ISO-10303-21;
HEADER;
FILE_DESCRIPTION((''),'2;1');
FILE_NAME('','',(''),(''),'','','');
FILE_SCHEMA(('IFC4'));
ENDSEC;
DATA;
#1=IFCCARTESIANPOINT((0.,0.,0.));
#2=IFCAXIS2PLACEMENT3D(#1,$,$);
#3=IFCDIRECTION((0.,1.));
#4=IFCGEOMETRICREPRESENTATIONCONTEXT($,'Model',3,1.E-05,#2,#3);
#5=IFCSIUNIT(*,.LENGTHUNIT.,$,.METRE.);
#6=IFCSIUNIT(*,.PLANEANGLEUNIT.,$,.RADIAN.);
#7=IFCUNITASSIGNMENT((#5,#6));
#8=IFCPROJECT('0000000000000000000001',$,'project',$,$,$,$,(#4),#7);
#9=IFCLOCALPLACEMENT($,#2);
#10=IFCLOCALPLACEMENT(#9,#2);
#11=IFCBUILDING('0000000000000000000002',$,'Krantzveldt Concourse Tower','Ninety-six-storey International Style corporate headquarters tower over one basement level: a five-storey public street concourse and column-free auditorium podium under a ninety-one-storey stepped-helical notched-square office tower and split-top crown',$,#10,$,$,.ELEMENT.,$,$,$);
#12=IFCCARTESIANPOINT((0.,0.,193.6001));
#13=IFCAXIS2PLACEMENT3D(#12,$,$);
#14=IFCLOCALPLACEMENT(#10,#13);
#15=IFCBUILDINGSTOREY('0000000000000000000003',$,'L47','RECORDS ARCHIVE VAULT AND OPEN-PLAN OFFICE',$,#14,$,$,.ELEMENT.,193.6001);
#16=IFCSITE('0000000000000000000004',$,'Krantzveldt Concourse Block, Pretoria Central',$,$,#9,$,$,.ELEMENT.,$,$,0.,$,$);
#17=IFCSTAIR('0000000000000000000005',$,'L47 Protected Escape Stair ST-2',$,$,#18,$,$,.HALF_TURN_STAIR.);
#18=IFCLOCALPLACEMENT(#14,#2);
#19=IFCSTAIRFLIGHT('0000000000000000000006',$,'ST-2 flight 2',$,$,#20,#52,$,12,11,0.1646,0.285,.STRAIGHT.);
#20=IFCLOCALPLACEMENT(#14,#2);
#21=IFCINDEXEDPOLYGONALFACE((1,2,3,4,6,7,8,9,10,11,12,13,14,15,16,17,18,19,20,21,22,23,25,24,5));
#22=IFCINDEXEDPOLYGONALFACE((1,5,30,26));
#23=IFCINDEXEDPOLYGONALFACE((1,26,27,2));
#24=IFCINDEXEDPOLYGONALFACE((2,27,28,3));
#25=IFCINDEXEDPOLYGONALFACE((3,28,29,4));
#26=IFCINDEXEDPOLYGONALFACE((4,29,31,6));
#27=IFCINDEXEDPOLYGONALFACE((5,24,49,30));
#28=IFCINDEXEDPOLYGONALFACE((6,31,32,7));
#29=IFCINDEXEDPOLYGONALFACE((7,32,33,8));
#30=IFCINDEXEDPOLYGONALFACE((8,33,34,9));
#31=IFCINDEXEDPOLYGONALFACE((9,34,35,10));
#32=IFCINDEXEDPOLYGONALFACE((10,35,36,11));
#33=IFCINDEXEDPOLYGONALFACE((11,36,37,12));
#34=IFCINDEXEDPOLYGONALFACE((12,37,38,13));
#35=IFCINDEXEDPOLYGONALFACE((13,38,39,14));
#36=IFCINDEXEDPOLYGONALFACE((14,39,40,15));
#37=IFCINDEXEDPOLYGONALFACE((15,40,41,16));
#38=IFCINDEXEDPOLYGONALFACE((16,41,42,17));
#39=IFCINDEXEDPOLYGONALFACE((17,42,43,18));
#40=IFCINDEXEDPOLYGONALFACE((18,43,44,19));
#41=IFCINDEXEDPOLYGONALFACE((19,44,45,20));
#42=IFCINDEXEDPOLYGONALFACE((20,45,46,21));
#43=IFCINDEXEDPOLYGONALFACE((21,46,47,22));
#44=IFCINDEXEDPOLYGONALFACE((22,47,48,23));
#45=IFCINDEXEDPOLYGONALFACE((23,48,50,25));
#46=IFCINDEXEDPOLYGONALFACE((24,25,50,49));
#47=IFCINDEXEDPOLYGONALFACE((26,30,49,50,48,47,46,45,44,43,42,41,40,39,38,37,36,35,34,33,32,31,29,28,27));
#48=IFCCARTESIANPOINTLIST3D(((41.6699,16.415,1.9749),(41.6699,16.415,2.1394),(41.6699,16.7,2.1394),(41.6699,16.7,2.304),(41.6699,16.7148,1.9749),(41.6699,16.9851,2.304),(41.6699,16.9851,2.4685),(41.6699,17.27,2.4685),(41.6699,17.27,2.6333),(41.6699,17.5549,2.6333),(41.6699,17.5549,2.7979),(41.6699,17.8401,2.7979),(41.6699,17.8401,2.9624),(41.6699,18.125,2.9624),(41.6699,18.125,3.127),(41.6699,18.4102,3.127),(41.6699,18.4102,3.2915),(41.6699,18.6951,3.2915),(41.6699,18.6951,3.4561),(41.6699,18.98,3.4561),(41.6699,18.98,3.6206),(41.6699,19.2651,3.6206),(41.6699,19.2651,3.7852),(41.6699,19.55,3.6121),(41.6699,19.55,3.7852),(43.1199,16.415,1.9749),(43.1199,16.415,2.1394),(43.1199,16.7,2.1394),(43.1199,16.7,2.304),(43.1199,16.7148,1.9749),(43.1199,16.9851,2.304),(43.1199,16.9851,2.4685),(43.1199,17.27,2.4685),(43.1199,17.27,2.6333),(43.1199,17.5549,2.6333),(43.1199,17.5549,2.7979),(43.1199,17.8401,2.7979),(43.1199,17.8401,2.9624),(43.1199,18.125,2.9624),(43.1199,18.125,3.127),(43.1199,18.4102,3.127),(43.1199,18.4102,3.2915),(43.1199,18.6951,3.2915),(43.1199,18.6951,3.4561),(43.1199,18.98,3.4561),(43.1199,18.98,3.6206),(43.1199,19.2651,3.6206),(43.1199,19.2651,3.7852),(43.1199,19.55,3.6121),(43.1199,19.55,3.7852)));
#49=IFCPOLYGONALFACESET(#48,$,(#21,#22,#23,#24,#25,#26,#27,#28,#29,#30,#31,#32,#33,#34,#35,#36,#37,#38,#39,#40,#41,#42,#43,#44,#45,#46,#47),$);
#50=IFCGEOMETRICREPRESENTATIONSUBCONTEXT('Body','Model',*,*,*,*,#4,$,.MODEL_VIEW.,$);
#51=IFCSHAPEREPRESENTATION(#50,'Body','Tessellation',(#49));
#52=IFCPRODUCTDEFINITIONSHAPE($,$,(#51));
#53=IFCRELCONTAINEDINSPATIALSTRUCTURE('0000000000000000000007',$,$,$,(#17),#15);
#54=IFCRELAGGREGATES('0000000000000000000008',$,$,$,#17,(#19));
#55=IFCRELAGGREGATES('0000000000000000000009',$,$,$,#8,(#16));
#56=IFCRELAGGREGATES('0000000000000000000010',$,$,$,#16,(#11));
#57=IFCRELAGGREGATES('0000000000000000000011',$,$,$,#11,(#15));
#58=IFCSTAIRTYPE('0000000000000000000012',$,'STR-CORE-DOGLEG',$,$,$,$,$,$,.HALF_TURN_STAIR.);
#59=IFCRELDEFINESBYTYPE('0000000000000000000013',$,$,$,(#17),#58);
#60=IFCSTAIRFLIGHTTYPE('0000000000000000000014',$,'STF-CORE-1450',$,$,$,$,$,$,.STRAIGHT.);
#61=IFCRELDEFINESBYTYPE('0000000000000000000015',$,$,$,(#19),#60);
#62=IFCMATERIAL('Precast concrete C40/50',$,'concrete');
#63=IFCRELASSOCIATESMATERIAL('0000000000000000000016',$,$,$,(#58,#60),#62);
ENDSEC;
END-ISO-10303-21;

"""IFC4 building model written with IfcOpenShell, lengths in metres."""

from ifc_helpers import new_model, si_unit, direction, frame, origin, place, context, subcontext, project, spatial, polyline, outline, extrude, material, type_object, element, aggregate, save


model = new_model("IFC4")

# Units and contexts
model_context = context("Model", 3, precision=1e-05, world=origin(), true_north=direction((0.0, 1.0)))
body_context = subcontext(model_context, "Body", "Model", "MODEL_VIEW")
ifc_project = project(units=[si_unit("LENGTHUNIT", "METRE"), si_unit("PLANEANGLEUNIT", "RADIAN")], contexts=[model_context])

# Site, building, storey
site_placement = place(None, origin())
site = spatial("IfcSite", under=ifc_project, at=site_placement, Name="Krantzveldt Concourse Block, Pretoria Central", CompositionType="ELEMENT", RefElevation=0.0)
building_placement = place(site_placement, origin())
building = spatial("IfcBuilding", under=site, at=building_placement, Name="Krantzveldt Concourse Tower", Description="Ninety-six-storey International Style corporate headquarters tower over one basement level: a five-storey public street concourse and column-free auditorium podium under a ninety-one-storey stepped-helical notched-square office tower and split-top crown", CompositionType="ELEMENT")
storey_placement = place(building_placement, frame((0.0, 0.0, 193.6001)))
storey = spatial("IfcBuildingStorey", under=building, at=storey_placement, Name="L47", Description="RECORDS ARCHIVE VAULT AND OPEN-PLAN OFFICE", CompositionType="ELEMENT", Elevation=193.6001)

# Stair, stair flight
ifc_material_1 = material(Name="Precast concrete C40/50", Category="concrete")
stair_type = type_object("IfcStairType", Name="STR-CORE-DOGLEG", PredefinedType="HALF_TURN_STAIR", material=ifc_material_1)
stair_placement = place(storey_placement, origin())
stair = element("IfcStair", 1, at=stair_placement, inside=storey, type_object=stair_type, Name="L47 Protected Escape Stair ST-2", PredefinedType="HALF_TURN_STAIR")
stair_flight_type = type_object("IfcStairFlightType", Name="STF-CORE-1450", PredefinedType="STRAIGHT", material=ifc_material_1)
stair_flight_1_placement = place(storey_placement, frame((42.395, 16.415, 1.9749), z_axis=(0.0, 0.0, 1.0), x_axis=(0.0, 1.0, 0.0)))
stair_flight_1 = element("IfcStairFlight", 2, at=stair_flight_1_placement, type_object=stair_flight_type, Name="ST-2 flight 2", NumberOfRisers=12, NumberOfTreads=11, PredefinedType="STRAIGHT", RiserHeight=0.1646, TreadLength=0.285, context=body_context, shape_type="SweptSolid", body=[
    extrude(outline(polyline([(0.0, 0.0), (0.0, 0.1646), (0.2849, 0.1646), (0.2849, 0.3291), (0.5701, 0.3291), (0.5701, 0.4937), (0.855, 0.4937), (0.855, 0.6584), (1.1399, 0.6584), (1.1399, 0.823), (1.425, 0.823), (1.425, 0.9875), (1.71, 0.9875), (1.71, 1.1521), (1.9951, 1.1521), (1.9951, 1.3167), (2.28, 1.3167), (2.28, 1.4812), (2.5649, 1.4812), (2.5649, 1.6458), (2.8501, 1.6458), (2.8501, 1.8103), (3.135, 1.8103), (3.135, 1.9751), (3.135, 1.6372), (0.2998, 0.0), (0.0, 0.0)])), frame((0.0, 0.7251, 0.0), z_axis=(0.0, -1.0, 0.0), x_axis=(1.0, 0.0, 0.0)), (0.0, 0.0, 1.0), 1.45),
])
aggregate(stair, [stair_flight_1])

save(model, "model.ifc")
